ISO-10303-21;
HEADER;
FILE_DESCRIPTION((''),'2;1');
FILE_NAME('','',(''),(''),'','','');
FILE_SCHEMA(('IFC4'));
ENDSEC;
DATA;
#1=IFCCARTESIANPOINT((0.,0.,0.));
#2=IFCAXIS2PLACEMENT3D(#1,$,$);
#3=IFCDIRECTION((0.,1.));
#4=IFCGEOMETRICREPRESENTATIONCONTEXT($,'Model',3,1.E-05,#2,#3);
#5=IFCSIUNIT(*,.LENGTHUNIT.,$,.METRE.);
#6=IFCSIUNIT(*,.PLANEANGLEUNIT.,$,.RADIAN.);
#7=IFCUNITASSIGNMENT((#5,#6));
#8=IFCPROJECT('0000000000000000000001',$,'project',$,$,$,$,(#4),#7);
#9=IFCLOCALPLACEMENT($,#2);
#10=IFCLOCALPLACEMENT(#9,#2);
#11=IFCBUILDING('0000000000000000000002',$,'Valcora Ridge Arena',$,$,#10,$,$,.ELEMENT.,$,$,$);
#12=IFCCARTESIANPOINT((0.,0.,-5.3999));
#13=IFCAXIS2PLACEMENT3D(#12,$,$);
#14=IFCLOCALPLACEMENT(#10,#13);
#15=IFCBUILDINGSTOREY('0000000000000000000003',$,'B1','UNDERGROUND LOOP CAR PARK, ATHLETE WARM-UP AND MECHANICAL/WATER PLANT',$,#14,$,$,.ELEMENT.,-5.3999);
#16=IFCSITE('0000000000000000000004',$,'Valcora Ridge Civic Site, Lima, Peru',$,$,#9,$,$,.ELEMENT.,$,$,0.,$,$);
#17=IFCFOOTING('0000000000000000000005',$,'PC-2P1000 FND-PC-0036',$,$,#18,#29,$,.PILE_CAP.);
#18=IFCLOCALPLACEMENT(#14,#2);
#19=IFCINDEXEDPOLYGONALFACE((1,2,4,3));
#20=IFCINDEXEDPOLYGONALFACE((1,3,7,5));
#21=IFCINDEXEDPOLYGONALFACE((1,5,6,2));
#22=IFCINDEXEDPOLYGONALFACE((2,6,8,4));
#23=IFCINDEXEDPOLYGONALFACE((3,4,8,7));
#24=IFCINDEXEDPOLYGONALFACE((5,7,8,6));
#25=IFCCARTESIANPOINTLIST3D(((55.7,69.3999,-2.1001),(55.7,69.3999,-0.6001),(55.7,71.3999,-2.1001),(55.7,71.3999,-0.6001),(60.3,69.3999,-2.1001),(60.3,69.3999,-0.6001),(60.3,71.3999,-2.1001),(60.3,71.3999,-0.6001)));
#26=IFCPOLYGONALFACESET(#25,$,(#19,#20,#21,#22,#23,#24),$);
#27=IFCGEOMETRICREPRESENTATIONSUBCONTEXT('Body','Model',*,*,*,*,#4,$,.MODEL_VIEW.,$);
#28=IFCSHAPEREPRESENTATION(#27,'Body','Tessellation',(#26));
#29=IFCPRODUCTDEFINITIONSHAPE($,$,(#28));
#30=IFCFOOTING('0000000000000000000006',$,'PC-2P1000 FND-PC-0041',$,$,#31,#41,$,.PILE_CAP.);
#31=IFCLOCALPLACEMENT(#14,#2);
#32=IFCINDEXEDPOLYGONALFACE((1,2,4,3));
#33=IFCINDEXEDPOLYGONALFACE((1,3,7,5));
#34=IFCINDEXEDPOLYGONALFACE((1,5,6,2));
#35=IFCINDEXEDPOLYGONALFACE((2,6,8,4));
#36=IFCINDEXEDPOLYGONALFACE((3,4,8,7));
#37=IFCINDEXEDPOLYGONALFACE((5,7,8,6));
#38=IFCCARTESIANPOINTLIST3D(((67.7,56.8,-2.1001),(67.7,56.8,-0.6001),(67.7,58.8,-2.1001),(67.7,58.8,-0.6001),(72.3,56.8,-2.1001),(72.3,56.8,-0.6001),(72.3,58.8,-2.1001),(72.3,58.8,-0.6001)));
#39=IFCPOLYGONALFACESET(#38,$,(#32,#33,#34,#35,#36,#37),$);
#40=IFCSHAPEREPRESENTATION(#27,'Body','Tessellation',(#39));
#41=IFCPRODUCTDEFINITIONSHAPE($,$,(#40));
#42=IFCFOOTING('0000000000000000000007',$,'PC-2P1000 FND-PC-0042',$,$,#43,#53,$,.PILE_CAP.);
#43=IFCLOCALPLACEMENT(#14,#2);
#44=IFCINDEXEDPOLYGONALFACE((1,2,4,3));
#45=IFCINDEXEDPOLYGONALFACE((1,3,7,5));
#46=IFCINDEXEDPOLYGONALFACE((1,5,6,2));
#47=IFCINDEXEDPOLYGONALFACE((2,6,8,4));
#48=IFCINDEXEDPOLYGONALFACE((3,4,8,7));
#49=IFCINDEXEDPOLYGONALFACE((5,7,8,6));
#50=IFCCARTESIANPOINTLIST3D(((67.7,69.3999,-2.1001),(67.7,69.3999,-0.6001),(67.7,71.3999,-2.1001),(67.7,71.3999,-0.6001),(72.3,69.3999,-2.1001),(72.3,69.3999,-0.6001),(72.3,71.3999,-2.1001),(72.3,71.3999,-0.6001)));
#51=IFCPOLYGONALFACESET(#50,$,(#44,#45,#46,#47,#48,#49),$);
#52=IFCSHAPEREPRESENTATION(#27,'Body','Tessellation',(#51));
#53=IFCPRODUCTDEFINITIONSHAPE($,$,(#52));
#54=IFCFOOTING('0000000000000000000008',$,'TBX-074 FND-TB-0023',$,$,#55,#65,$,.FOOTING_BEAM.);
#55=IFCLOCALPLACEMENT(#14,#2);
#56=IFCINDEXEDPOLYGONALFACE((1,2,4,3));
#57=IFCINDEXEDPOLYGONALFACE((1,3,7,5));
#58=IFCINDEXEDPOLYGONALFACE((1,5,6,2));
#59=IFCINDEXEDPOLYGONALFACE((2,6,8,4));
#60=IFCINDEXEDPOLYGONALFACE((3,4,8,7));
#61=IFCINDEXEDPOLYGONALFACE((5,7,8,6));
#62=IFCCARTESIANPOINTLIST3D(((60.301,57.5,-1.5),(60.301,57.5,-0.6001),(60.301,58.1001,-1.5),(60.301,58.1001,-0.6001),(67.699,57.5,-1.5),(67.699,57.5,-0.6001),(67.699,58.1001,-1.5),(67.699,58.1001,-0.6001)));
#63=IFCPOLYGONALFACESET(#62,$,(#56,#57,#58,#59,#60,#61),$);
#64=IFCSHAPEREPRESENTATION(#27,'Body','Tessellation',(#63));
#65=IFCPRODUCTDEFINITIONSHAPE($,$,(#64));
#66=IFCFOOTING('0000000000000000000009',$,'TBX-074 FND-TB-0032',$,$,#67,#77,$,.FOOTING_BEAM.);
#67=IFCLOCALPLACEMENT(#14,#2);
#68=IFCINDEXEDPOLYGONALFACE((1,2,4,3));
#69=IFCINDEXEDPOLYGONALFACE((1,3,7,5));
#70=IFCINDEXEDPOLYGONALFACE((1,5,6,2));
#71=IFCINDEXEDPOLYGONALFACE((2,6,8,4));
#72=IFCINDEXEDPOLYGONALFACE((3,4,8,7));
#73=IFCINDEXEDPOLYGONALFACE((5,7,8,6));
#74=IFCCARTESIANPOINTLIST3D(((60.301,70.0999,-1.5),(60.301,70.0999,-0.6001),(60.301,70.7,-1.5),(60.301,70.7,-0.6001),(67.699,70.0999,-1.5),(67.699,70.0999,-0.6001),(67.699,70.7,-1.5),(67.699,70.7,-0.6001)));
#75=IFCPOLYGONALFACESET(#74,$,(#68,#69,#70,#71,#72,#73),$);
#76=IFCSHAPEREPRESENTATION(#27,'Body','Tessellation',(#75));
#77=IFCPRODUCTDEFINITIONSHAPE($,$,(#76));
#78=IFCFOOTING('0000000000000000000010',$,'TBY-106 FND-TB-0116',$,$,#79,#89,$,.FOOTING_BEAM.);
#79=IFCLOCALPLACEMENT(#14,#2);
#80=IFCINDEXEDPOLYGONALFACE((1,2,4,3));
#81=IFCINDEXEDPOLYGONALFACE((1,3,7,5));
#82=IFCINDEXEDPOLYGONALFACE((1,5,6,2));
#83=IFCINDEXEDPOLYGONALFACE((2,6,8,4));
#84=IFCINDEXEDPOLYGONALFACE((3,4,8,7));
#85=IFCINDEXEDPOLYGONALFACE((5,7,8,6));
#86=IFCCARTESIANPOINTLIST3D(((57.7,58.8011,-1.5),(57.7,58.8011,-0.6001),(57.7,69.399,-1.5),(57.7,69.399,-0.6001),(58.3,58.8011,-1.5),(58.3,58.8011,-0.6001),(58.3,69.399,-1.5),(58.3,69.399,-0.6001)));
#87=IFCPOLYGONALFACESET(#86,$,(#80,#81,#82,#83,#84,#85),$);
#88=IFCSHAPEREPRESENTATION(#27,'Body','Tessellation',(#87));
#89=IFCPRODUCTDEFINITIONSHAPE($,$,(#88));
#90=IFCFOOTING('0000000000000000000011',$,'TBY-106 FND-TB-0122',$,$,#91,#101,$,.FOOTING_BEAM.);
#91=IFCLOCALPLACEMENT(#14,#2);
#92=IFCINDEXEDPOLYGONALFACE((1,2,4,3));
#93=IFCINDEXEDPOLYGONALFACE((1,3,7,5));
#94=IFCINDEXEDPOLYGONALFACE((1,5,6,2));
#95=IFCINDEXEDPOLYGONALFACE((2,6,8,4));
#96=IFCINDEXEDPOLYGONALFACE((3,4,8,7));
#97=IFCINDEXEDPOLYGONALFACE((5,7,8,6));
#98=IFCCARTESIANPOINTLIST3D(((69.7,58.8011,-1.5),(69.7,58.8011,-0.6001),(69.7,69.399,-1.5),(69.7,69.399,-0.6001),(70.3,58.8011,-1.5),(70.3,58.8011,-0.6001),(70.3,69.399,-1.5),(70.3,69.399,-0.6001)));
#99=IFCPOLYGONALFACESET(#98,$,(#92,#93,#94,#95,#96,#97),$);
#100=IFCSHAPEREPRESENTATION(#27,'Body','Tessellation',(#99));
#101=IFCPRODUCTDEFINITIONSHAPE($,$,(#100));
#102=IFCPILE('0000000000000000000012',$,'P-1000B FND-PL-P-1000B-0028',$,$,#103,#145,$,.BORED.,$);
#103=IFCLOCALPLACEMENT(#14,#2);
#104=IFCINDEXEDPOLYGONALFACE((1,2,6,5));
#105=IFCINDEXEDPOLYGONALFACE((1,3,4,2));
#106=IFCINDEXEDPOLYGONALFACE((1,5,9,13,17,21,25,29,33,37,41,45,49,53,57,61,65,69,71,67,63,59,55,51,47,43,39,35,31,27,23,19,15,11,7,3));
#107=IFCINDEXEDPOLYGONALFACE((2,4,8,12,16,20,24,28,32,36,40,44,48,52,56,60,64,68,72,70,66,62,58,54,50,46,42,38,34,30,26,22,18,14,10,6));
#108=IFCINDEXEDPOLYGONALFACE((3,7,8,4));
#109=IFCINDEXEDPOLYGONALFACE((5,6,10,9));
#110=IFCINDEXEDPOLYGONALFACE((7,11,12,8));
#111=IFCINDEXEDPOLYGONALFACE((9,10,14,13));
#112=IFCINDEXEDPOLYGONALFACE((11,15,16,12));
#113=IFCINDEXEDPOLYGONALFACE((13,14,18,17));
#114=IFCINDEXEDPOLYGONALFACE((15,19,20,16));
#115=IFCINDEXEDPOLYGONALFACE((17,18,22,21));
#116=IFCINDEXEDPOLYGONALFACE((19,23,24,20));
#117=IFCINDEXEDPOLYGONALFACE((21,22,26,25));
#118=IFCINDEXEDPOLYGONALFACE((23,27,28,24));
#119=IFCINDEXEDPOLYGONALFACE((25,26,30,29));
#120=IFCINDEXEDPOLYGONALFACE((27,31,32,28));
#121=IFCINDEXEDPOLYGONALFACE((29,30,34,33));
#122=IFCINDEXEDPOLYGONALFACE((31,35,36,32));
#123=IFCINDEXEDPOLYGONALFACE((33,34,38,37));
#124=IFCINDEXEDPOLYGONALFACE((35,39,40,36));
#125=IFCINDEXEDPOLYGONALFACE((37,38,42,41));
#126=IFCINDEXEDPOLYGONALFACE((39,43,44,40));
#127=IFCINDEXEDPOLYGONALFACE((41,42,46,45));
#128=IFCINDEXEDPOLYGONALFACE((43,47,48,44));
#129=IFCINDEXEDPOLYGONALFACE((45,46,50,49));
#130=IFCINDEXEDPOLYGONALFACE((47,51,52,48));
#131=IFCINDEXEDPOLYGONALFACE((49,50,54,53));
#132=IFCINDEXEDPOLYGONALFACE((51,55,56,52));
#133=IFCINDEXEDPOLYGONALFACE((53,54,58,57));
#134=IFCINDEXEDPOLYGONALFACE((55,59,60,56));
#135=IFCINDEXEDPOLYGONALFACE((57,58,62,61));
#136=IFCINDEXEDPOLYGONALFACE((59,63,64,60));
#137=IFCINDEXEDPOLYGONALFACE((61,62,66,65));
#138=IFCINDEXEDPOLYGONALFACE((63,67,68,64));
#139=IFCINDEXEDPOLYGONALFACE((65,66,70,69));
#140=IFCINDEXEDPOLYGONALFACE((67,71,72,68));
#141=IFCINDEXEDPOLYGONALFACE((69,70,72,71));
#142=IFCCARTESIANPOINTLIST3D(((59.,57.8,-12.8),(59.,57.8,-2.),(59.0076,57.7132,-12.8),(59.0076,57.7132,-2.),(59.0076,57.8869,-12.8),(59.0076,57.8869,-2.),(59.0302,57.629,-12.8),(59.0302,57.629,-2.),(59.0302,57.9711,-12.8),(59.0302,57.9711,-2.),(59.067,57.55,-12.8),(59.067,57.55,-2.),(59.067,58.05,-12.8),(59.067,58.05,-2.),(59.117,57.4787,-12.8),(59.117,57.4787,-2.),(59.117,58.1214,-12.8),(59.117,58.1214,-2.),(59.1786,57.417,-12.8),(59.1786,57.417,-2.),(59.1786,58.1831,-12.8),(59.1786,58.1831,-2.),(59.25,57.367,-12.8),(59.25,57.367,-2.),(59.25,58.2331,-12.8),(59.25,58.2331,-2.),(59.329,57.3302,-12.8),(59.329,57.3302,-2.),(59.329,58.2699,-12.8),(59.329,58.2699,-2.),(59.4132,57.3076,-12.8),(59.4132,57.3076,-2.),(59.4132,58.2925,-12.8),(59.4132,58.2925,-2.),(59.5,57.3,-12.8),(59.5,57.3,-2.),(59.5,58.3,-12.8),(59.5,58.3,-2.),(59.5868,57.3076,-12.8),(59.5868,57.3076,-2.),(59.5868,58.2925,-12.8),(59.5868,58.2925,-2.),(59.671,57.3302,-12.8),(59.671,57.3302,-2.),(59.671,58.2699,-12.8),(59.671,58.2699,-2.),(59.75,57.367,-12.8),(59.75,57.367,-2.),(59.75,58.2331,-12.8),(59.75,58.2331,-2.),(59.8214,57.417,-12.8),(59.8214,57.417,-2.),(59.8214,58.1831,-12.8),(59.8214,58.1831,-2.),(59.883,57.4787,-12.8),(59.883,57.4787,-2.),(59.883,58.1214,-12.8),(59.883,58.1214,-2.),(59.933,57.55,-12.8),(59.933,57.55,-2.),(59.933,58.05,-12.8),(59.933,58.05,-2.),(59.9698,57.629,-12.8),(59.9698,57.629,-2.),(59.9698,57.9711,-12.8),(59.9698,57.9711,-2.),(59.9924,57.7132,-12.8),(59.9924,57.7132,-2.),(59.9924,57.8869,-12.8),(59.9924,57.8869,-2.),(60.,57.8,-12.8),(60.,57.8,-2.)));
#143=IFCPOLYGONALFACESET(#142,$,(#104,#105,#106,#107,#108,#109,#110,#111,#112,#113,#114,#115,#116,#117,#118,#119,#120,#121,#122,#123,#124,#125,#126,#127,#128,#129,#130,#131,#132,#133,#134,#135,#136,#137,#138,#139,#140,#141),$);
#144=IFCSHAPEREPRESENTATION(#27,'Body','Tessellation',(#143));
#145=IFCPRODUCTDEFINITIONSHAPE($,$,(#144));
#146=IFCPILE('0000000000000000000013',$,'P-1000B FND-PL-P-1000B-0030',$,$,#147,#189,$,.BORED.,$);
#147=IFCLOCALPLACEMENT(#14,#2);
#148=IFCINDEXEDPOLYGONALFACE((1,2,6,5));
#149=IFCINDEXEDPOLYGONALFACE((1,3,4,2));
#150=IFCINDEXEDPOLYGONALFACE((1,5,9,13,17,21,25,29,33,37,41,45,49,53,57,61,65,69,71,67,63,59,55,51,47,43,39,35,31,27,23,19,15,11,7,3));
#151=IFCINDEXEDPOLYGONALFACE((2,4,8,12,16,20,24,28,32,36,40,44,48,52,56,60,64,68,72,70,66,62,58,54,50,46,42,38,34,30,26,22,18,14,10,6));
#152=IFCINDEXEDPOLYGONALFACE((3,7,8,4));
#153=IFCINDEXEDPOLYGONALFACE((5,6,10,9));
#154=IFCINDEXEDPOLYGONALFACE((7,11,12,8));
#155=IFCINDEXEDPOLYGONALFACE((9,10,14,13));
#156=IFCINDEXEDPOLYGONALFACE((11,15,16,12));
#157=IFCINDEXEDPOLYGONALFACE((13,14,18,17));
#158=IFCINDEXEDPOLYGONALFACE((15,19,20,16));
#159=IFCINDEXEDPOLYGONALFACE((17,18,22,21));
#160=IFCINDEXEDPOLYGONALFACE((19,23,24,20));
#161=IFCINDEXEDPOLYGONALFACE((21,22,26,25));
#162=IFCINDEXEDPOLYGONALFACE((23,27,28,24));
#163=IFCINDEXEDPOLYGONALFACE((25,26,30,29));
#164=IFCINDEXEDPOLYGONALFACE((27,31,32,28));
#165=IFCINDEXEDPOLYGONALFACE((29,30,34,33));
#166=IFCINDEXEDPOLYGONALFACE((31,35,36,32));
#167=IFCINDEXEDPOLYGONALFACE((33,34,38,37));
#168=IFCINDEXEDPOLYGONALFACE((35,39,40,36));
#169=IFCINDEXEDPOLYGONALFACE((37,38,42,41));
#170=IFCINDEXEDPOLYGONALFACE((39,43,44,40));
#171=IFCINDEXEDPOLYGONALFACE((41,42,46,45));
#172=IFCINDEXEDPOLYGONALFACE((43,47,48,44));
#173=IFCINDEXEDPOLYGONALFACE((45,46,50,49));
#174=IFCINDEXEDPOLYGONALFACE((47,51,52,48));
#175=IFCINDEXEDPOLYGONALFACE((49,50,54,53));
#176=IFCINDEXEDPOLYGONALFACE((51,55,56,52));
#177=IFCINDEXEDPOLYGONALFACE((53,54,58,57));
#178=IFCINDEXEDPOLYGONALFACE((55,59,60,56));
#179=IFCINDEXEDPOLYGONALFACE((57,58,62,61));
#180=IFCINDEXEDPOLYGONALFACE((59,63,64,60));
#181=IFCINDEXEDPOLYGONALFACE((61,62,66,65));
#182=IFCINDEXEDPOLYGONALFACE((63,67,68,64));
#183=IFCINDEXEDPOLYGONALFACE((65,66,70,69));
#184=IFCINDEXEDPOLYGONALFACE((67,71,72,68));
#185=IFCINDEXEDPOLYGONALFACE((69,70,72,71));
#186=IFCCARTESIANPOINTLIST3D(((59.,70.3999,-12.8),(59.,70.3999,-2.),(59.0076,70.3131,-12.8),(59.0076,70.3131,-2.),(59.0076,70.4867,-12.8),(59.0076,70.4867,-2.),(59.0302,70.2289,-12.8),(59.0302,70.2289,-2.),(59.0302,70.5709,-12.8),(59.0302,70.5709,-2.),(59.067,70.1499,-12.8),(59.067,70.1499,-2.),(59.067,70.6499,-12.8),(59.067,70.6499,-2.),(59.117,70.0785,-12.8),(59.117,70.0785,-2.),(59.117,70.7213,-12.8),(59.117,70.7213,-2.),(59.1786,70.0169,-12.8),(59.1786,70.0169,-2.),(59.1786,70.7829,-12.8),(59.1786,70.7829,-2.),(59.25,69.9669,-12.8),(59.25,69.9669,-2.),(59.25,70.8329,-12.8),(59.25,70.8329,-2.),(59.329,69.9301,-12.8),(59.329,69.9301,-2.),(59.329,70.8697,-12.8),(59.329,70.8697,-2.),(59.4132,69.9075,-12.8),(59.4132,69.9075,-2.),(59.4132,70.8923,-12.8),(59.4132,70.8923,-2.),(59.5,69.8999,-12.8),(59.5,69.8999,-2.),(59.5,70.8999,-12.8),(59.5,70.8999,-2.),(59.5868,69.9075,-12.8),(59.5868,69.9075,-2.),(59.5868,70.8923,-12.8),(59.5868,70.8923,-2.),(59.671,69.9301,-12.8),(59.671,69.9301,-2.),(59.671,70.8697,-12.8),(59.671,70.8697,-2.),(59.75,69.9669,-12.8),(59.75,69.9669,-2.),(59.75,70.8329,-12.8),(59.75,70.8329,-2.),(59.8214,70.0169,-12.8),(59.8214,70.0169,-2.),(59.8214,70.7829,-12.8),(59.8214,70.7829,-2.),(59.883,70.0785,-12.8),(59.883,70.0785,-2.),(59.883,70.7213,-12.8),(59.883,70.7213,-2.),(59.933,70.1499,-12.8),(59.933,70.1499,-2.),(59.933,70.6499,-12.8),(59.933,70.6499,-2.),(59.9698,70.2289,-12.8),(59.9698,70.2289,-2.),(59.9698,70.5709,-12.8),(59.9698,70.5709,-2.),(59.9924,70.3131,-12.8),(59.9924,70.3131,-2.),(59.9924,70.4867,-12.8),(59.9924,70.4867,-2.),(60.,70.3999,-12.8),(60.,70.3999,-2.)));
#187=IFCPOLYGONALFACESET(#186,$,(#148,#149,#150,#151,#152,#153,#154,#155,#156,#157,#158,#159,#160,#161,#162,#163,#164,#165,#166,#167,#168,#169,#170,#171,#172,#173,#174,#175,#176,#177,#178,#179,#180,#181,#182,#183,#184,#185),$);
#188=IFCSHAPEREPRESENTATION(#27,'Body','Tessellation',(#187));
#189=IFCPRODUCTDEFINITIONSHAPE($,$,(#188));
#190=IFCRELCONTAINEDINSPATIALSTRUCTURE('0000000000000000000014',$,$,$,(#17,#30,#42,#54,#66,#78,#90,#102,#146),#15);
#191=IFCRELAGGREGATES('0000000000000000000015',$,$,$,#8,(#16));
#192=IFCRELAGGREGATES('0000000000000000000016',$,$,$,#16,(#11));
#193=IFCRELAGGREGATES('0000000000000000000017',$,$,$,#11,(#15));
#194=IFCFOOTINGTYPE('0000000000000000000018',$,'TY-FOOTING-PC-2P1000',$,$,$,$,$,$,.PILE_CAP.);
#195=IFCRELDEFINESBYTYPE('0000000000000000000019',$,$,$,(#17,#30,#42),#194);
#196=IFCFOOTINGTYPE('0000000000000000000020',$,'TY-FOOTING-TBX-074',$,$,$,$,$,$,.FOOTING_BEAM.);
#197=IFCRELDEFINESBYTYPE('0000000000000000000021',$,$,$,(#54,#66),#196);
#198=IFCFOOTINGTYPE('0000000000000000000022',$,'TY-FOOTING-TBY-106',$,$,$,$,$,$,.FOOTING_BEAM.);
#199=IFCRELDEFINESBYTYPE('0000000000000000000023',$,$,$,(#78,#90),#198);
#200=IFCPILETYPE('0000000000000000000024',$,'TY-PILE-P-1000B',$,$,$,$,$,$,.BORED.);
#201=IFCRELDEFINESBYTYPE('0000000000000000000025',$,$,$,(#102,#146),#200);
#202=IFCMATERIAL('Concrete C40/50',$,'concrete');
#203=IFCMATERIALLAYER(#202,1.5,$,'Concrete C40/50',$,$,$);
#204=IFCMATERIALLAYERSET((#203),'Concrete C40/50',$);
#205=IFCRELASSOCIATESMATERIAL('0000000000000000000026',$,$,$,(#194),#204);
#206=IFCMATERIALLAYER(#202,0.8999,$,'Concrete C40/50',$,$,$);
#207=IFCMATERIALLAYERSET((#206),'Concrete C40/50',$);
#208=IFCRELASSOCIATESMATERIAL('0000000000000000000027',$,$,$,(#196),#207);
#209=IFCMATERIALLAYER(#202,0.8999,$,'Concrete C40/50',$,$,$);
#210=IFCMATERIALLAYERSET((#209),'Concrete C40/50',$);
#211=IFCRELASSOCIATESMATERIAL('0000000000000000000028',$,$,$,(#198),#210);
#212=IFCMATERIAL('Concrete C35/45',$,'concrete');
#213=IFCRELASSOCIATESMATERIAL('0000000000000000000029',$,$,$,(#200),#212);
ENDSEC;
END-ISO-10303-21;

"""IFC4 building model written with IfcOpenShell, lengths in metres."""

from ifc_helpers import new_model, si_unit, direction, frame, origin, origin_2d, place, context, subcontext, project, spatial, rectangle, circle, extrude, material, layer, layer_set, material_profile, profile_set, type_object, element, save


model = new_model("IFC4")

# Units and contexts
model_context = context("Model", 3, precision=1e-05, world=origin(), true_north=direction((0.0, 1.0)))
body_context = subcontext(model_context, "Body", "Model", "MODEL_VIEW")
ifc_project = project(units=[si_unit("LENGTHUNIT", "METRE"), si_unit("PLANEANGLEUNIT", "RADIAN")], contexts=[model_context])

# Site, building, storey
site_placement = place(None, origin())
site = spatial("IfcSite", under=ifc_project, at=site_placement, Name="Valcora Ridge Civic Site, Lima, Peru", CompositionType="ELEMENT", RefElevation=0.0)
building_placement = place(site_placement, origin())
building = spatial("IfcBuilding", under=site, at=building_placement, Name="Valcora Ridge Arena", CompositionType="ELEMENT")
storey_placement = place(building_placement, frame((0.0, 0.0, -5.3999)))
storey = spatial("IfcBuildingStorey", under=building, at=storey_placement, Name="B1", Description="UNDERGROUND LOOP CAR PARK, ATHLETE WARM-UP AND MECHANICAL/WATER PLANT", CompositionType="ELEMENT", Elevation=-5.3999)

# Footings
ifc_material_1 = material(Name="Concrete C40/50", Category="concrete")
ifc_layer_1 = layer(ifc_material_1, 1.5, Name="Concrete C40/50")
ifc_layer_set_1 = layer_set([ifc_layer_1], Name="Concrete C40/50")
footing_type_1 = type_object("IfcFootingType", Name="TY-FOOTING-PC-2P1000", PredefinedType="PILE_CAP", material=ifc_layer_set_1)
for number, where, z_axis, x_axis, name in (
    (1, (58.0, 70.3999, -2.1001), (0.0, 0.0, 1.0), (1.0, 0.0, 0.0), "PC-2P1000 FND-PC-0036"),
    (2, (70.0, 57.8, -2.1001), (0.0, 0.0, 1.0), (1.0, 0.0, 0.0), "PC-2P1000 FND-PC-0041"),
    (3, (70.0, 70.3999, -2.1001), (0.0, 0.0, 1.0), (1.0, 0.0, 0.0), "PC-2P1000 FND-PC-0042"),
):
    element("IfcFooting", number, at=place(storey_placement, frame(where, z_axis=z_axis, x_axis=x_axis)), inside=storey, type_object=footing_type_1, Name=name, PredefinedType="PILE_CAP", context=body_context, shape_type="SweptSolid", body=[
        extrude(rectangle(XDim=4.6001, YDim=2.0, at=origin_2d()), origin(), (0.0, 0.0, 1.0), 1.5),
    ])
ifc_layer_2 = layer(ifc_material_1, 0.8999, Name="Concrete C40/50")
ifc_layer_set_2 = layer_set([ifc_layer_2], Name="Concrete C40/50")
footing_type_2 = type_object("IfcFootingType", Name="TY-FOOTING-TBX-074", PredefinedType="FOOTING_BEAM", material=ifc_layer_set_2)
for number, where, z_axis, x_axis, name in (
    (4, (64.0, 57.8, -1.5), (0.0, 0.0, 1.0), (1.0, 0.0, 0.0), "TBX-074 FND-TB-0023"),
    (5, (64.0, 70.3999, -1.5), (0.0, 0.0, 1.0), (1.0, 0.0, 0.0), "TBX-074 FND-TB-0032"),
):
    element("IfcFooting", number, at=place(storey_placement, frame(where, z_axis=z_axis, x_axis=x_axis)), inside=storey, type_object=footing_type_2, Name=name, PredefinedType="FOOTING_BEAM", context=body_context, shape_type="SweptSolid", body=[
        extrude(rectangle(XDim=7.3979, YDim=0.6001, at=origin_2d()), origin(), (0.0, 0.0, 1.0), 0.8999),
    ])
ifc_layer_3 = layer(ifc_material_1, 0.8999, Name="Concrete C40/50")
ifc_layer_set_3 = layer_set([ifc_layer_3], Name="Concrete C40/50")
footing_type_3 = type_object("IfcFootingType", Name="TY-FOOTING-TBY-106", PredefinedType="FOOTING_BEAM", material=ifc_layer_set_3)
for number, where, z_axis, x_axis, name in (
    (6, (58.0, 64.1001, -1.5), (0.0, 0.0, 1.0), (1.0, 0.0, 0.0), "TBY-106 FND-TB-0116"),
    (7, (70.0, 64.1001, -1.5), (0.0, 0.0, 1.0), (1.0, 0.0, 0.0), "TBY-106 FND-TB-0122"),
):
    element("IfcFooting", number, at=place(storey_placement, frame(where, z_axis=z_axis, x_axis=x_axis)), inside=storey, type_object=footing_type_3, Name=name, PredefinedType="FOOTING_BEAM", context=body_context, shape_type="SweptSolid", body=[
        extrude(rectangle(XDim=0.6001, YDim=10.5979, at=origin_2d()), origin(), (0.0, 0.0, 1.0), 0.8999),
    ])

# Piles
ifc_material_2 = material(Name="Concrete C35/45", Category="concrete")
ifc_material_profile_1 = material_profile(ifc_material_2, circle(Radius=0.5, at=origin_2d()), Name="BORED PILE D1000")
ifc_profile_set_1 = profile_set([ifc_material_profile_1], Name="Concrete C35/45")
pile_type = type_object("IfcPileType", Name="TY-PILE-P-1000B", PredefinedType="BORED", material=ifc_profile_set_1)
for number, where, z_axis, x_axis, name in (
    (8, (59.5, 57.8, -2.0), (0.0, 0.0, -1.0), (1.0, 0.0, 0.0), "P-1000B FND-PL-P-1000B-0028"),
    (9, (59.5, 70.3999, -2.0), (0.0, 0.0, -1.0), (1.0, 0.0, 0.0), "P-1000B FND-PL-P-1000B-0030"),
):
    element("IfcPile", number, at=place(storey_placement, frame(where, z_axis=z_axis, x_axis=x_axis)), inside=storey, type_object=pile_type, Name=name, PredefinedType="BORED", context=body_context, shape_type="SweptSolid", body=[
        extrude(circle(Radius=0.5, at=origin_2d()), origin(), (0.0, 0.0, 1.0), 10.8),
    ])

save(model, "model.ifc")
